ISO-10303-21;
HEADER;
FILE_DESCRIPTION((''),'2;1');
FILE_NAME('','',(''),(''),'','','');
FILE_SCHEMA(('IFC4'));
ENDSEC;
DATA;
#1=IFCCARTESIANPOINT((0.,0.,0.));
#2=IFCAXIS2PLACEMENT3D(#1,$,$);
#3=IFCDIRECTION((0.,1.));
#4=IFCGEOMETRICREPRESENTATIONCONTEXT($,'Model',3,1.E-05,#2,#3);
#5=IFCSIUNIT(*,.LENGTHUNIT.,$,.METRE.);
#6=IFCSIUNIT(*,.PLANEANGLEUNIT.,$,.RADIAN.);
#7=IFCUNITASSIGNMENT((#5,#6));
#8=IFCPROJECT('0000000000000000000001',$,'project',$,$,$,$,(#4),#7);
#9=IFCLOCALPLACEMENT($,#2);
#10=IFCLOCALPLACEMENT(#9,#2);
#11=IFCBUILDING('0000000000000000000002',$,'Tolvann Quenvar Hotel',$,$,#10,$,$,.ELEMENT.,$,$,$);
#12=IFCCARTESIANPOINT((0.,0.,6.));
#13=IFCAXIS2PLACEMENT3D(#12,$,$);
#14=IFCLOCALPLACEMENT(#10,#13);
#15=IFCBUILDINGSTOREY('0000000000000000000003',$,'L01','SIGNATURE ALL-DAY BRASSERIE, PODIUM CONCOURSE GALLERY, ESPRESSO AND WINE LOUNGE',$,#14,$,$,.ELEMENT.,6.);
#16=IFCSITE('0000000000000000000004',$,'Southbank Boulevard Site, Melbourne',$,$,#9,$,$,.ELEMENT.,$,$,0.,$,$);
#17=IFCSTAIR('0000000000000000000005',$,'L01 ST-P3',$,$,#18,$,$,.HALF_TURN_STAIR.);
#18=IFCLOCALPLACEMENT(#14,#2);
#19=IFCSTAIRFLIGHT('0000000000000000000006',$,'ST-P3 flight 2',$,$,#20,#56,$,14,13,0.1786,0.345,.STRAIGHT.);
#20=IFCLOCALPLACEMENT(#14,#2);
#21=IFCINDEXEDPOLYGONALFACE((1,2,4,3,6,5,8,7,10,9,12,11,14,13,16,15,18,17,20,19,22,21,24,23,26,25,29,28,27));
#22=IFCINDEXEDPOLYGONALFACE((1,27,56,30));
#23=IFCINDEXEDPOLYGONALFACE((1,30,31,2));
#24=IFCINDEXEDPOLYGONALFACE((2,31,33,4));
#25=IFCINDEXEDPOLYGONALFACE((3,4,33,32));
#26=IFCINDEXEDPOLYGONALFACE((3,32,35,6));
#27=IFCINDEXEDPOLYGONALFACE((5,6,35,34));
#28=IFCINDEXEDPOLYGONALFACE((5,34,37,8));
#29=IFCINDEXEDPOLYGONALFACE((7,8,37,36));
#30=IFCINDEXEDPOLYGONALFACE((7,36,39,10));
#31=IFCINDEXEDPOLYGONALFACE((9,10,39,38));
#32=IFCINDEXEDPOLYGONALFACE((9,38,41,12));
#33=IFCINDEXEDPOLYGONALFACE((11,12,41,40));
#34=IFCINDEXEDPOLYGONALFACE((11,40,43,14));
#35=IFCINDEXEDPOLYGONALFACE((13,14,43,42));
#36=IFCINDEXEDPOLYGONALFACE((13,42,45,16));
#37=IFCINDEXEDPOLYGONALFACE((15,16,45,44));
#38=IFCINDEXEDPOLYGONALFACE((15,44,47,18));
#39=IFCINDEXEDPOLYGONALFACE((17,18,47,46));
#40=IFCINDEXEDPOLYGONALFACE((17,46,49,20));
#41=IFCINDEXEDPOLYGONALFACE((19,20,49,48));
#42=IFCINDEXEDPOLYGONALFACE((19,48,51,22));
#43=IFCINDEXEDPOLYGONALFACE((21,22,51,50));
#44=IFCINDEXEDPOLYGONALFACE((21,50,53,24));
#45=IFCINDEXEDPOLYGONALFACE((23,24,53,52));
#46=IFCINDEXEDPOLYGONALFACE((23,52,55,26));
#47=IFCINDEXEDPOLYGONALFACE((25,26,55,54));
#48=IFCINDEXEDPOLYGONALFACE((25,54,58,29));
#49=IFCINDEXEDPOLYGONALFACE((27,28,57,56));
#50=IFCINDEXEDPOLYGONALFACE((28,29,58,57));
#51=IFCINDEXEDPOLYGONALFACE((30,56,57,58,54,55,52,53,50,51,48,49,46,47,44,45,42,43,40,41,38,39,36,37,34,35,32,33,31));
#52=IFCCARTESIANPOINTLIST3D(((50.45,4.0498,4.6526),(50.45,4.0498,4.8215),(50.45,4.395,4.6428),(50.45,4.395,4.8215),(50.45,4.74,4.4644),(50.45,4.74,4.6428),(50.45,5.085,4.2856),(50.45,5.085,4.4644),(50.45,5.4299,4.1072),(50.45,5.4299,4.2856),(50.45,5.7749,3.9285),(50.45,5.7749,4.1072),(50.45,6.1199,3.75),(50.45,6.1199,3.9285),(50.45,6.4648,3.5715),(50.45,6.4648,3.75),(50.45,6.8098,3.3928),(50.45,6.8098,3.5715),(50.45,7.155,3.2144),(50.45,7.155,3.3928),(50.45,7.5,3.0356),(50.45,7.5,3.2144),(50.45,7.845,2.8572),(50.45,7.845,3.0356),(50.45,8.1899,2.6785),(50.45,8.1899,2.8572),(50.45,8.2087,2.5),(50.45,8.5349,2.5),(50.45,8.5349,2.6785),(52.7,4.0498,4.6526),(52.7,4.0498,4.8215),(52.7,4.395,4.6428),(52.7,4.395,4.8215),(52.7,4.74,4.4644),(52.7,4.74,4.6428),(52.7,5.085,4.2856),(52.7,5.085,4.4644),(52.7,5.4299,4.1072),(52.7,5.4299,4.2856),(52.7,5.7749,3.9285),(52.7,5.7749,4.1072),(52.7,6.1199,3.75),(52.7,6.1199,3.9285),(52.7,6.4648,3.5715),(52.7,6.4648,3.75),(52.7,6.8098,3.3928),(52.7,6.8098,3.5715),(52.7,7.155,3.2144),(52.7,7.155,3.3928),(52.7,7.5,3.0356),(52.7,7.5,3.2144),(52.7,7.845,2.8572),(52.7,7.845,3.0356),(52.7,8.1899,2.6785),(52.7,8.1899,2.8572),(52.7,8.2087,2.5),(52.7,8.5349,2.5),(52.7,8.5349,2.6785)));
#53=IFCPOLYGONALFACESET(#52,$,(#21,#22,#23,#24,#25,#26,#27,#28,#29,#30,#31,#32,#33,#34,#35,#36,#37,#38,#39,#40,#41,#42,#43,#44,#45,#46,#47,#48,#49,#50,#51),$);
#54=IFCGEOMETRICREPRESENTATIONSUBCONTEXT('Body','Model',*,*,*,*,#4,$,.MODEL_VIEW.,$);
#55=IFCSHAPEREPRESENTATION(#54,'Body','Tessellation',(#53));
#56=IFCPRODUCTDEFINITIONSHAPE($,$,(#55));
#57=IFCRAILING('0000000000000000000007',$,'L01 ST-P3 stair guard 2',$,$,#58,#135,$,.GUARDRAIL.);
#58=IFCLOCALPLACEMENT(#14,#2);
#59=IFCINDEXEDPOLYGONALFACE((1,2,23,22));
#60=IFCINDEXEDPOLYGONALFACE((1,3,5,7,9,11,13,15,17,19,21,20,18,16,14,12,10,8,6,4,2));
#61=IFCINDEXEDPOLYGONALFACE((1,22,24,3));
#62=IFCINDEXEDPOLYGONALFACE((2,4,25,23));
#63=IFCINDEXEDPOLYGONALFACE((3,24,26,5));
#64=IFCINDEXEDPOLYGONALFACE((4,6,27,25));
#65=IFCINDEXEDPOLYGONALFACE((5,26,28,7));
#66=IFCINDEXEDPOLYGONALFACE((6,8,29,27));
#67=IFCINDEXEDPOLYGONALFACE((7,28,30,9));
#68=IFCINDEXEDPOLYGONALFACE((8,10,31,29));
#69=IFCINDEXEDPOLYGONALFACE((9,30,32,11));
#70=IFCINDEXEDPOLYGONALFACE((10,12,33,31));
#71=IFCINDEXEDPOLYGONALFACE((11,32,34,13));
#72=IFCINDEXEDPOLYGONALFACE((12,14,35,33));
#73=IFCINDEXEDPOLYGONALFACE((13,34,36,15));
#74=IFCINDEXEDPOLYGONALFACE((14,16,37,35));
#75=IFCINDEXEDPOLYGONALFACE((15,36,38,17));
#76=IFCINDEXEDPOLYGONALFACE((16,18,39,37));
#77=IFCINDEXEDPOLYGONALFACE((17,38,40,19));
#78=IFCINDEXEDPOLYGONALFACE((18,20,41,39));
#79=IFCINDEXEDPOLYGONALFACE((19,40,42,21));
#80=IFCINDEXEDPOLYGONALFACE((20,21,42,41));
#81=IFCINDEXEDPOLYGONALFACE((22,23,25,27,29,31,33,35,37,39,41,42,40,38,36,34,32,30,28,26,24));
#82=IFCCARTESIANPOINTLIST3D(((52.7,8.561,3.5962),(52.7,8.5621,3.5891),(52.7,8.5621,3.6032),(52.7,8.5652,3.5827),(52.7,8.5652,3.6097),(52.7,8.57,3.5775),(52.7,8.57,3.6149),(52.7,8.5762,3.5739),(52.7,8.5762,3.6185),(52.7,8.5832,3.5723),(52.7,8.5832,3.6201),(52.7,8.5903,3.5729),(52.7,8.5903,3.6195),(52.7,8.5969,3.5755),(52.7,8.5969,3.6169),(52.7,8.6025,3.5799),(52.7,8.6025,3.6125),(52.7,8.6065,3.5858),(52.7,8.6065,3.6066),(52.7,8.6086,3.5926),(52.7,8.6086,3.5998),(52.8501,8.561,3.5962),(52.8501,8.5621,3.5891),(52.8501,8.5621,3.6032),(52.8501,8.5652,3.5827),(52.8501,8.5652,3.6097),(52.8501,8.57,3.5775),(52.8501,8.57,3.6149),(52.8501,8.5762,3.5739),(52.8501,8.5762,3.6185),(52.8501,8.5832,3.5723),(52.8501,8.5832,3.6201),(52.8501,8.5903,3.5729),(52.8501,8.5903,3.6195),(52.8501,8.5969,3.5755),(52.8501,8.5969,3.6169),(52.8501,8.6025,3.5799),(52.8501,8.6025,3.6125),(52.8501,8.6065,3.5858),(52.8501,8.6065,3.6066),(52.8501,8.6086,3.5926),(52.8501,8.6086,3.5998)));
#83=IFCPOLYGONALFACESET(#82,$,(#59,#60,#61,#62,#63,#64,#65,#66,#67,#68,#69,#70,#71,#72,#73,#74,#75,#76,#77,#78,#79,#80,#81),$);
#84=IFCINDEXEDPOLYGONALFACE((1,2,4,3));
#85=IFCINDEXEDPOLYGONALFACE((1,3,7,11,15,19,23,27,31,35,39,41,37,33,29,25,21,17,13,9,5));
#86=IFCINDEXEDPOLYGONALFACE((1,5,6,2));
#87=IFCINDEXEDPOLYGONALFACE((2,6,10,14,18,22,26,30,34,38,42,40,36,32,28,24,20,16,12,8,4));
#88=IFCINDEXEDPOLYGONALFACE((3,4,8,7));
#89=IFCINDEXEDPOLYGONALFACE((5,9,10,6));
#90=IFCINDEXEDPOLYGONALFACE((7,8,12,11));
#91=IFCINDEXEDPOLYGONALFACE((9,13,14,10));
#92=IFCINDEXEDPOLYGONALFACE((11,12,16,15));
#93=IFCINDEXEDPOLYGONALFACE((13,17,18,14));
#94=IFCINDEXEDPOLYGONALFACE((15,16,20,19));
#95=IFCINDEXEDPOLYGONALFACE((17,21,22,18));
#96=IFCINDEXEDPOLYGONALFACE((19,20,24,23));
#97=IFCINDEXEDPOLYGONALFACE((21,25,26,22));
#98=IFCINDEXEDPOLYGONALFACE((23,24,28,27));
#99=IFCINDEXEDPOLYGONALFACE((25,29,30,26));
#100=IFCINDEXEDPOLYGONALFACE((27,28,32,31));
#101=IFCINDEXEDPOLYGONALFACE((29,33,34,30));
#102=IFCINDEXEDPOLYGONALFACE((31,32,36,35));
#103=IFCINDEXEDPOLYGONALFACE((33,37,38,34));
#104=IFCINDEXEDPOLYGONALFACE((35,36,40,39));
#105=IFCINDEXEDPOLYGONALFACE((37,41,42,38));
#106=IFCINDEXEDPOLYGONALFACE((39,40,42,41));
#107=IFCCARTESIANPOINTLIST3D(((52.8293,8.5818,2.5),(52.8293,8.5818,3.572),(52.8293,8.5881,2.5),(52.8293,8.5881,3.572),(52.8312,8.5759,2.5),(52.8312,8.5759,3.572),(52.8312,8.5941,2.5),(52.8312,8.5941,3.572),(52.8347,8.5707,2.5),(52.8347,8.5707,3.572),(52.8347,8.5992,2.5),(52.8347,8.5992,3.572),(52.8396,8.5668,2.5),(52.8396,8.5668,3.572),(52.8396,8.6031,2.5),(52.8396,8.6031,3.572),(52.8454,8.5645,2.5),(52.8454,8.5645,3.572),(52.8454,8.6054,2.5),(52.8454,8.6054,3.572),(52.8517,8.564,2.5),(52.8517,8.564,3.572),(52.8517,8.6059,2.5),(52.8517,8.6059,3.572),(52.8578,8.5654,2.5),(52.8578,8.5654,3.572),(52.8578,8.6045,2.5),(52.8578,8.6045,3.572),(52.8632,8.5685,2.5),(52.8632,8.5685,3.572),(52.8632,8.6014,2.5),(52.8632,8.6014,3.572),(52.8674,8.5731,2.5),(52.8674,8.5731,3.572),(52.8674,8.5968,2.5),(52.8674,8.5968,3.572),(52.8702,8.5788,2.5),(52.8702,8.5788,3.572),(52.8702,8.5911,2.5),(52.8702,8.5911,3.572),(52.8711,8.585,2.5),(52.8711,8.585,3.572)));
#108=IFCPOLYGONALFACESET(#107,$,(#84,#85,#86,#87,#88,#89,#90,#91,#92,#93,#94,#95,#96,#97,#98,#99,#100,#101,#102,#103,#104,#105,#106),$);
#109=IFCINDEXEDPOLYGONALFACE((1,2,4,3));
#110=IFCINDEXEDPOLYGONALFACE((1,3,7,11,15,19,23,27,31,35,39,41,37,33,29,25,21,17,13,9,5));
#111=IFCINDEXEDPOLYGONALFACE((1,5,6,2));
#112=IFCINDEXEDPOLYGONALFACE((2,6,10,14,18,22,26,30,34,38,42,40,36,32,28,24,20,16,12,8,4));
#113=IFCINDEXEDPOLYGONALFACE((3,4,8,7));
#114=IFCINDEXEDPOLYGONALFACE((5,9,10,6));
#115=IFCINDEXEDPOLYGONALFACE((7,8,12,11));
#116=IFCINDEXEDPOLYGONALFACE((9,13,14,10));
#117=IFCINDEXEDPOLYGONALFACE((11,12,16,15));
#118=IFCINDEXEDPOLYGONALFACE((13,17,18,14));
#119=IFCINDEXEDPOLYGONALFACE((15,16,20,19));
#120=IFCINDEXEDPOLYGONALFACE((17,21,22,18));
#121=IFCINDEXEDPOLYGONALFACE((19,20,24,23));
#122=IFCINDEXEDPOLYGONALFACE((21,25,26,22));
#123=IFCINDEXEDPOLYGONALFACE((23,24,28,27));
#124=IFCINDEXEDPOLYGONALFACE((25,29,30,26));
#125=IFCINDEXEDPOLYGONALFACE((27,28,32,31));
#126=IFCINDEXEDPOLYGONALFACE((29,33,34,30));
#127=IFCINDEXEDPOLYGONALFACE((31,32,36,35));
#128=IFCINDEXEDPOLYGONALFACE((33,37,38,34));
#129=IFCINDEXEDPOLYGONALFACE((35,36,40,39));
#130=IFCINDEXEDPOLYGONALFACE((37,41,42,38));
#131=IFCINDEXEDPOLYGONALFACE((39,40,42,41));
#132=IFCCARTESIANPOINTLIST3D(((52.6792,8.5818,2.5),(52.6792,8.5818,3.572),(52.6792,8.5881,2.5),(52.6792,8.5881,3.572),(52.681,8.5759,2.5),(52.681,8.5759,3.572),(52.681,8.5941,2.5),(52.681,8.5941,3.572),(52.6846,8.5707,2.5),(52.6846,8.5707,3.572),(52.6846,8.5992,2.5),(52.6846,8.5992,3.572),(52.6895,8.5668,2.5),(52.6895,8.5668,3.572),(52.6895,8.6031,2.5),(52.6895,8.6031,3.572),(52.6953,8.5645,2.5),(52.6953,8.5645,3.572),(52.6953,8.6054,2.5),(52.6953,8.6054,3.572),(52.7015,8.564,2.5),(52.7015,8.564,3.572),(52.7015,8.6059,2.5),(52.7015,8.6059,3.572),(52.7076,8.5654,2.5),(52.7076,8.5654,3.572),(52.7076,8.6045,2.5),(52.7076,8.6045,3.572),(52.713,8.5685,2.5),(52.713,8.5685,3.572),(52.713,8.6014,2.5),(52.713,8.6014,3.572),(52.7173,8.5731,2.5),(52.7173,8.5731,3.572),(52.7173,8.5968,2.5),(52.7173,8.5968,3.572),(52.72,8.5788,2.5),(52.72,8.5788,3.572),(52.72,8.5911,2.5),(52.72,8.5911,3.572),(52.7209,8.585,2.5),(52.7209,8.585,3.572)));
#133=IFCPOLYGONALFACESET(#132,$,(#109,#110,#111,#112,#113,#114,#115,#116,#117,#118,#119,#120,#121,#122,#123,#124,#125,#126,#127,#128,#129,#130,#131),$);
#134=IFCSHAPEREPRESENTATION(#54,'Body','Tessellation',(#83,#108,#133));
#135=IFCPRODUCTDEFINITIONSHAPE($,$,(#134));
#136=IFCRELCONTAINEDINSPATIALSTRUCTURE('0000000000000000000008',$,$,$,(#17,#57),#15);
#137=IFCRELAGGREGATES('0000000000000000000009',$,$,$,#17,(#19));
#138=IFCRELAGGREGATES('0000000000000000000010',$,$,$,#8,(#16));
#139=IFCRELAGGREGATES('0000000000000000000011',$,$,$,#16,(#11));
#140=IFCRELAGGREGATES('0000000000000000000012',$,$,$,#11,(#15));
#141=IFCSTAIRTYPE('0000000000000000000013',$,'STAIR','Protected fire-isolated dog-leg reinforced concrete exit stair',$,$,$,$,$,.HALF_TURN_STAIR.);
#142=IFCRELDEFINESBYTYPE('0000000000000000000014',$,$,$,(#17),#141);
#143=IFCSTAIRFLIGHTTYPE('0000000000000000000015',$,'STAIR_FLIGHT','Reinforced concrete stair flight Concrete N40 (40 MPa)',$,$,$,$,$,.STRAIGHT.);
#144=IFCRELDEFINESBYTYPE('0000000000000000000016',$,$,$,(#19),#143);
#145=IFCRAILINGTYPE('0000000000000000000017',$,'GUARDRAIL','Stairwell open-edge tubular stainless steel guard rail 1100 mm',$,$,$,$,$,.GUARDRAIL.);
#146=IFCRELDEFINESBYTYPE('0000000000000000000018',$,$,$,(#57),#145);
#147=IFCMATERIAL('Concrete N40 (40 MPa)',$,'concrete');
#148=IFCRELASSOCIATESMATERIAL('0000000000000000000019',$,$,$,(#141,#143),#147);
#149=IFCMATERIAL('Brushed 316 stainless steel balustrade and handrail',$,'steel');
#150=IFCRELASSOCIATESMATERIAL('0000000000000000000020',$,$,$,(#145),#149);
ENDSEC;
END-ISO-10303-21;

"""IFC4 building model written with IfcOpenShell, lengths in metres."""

from ifc_helpers import new_model, si_unit, direction, frame, origin, origin_2d, place, context, subcontext, project, spatial, polyline, circle, outline, extrude, material, type_object, element, aggregate, save


model = new_model("IFC4")

# Units and contexts
model_context = context("Model", 3, precision=1e-05, world=origin(), true_north=direction((0.0, 1.0)))
body_context = subcontext(model_context, "Body", "Model", "MODEL_VIEW")
ifc_project = project(units=[si_unit("LENGTHUNIT", "METRE"), si_unit("PLANEANGLEUNIT", "RADIAN")], contexts=[model_context])

# Site, building, storey
site_placement = place(None, origin())
site = spatial("IfcSite", under=ifc_project, at=site_placement, Name="Southbank Boulevard Site, Melbourne", CompositionType="ELEMENT", RefElevation=0.0)
building_placement = place(site_placement, origin())
building = spatial("IfcBuilding", under=site, at=building_placement, Name="Tolvann Quenvar Hotel", CompositionType="ELEMENT")
storey_placement = place(building_placement, frame((0.0, 0.0, 6.0)))
storey = spatial("IfcBuildingStorey", under=building, at=storey_placement, Name="L01", Description="SIGNATURE ALL-DAY BRASSERIE, PODIUM CONCOURSE GALLERY, ESPRESSO AND WINE LOUNGE", CompositionType="ELEMENT", Elevation=6.0)

# Stair, stair flight
ifc_material_1 = material(Name="Concrete N40 (40 MPa)", Category="concrete")
stair_type = type_object("IfcStairType", Name="STAIR", Description="Protected fire-isolated dog-leg reinforced concrete exit stair", PredefinedType="HALF_TURN_STAIR", material=ifc_material_1)
stair_placement = place(storey_placement, origin())
stair = element("IfcStair", 1, at=stair_placement, inside=storey, type_object=stair_type, Name="L01 ST-P3", PredefinedType="HALF_TURN_STAIR")
stair_flight_type = type_object("IfcStairFlightType", Name="STAIR_FLIGHT", Description="Reinforced concrete stair flight Concrete N40 (40 MPa)", PredefinedType="STRAIGHT", material=ifc_material_1)
stair_flight_placement = place(storey_placement, frame((51.575, 8.5349, 2.5), z_axis=(0.0, 0.0, 1.0), x_axis=(0.0, -1.0, 0.0)))
stair_flight = element("IfcStairFlight", 2, at=stair_flight_placement, type_object=stair_flight_type, Name="ST-P3 flight 2", NumberOfRisers=14, NumberOfTreads=13, PredefinedType="STRAIGHT", RiserHeight=0.1786, TreadLength=0.345, context=body_context, shape_type="SweptSolid", body=[
    extrude(outline(polyline([(0.0, 0.0), (0.0, 0.1785), (0.345, 0.1785), (0.345, 0.3572), (0.6899, 0.3572), (0.6899, 0.5356), (1.0349, 0.5356), (1.0349, 0.7144), (1.3799, 0.7144), (1.3799, 0.8928), (1.7251, 0.8928), (1.7251, 1.0715), (2.0701, 1.0715), (2.0701, 1.25), (2.415, 1.25), (2.415, 1.4285), (2.76, 1.4285), (2.76, 1.6072), (3.105, 1.6072), (3.105, 1.7856), (3.45, 1.7856), (3.45, 1.9644), (3.7949, 1.9644), (3.7949, 2.1428), (4.1399, 2.1428), (4.1399, 2.3215), (4.4851, 2.3215), (4.4851, 2.5), (4.4851, 2.1526), (0.3262, 0.0), (0.0, 0.0)])), frame((0.0, 1.125, 0.0), z_axis=(0.0, -1.0, 0.0), x_axis=(1.0, 0.0, 0.0)), (0.0, 0.0, 1.0), 2.25),
])
aggregate(stair, [stair_flight])

# Railing
ifc_material_2 = material(Name="Brushed 316 stainless steel balustrade and handrail", Category="steel")
railing_type_1 = type_object("IfcRailingType", Name="GUARDRAIL", Description="Stairwell open-edge tubular stainless steel guard rail 1100 mm", PredefinedType="GUARDRAIL", material=ifc_material_2)
railing_1_placement = place(storey_placement, frame((52.8501, 8.585, 2.5)))
element("IfcRailing", 3, at=railing_1_placement, inside=storey, type_object=railing_type_1, Name="L01 ST-P3 stair guard 2", PredefinedType="GUARDRAIL", context=body_context, shape_type="SweptSolid", body=[
    extrude(circle(Radius=0.0239, at=origin_2d()), frame((0.0, 0.0, 1.0962), z_axis=(-1.0, 0.0, 0.0), x_axis=(0.0, -1.0, 0.0)), (0.0, 0.0, 1.0), 0.1501),
    extrude(circle(Radius=0.021, at=origin_2d()), origin(), (0.0, 0.0, 1.0), 1.072),
    extrude(circle(Radius=0.021, at=origin_2d()), frame((-0.1501, 0.0, 0.0)), (0.0, 0.0, 1.0), 1.072),
])

save(model, "model.ifc")
